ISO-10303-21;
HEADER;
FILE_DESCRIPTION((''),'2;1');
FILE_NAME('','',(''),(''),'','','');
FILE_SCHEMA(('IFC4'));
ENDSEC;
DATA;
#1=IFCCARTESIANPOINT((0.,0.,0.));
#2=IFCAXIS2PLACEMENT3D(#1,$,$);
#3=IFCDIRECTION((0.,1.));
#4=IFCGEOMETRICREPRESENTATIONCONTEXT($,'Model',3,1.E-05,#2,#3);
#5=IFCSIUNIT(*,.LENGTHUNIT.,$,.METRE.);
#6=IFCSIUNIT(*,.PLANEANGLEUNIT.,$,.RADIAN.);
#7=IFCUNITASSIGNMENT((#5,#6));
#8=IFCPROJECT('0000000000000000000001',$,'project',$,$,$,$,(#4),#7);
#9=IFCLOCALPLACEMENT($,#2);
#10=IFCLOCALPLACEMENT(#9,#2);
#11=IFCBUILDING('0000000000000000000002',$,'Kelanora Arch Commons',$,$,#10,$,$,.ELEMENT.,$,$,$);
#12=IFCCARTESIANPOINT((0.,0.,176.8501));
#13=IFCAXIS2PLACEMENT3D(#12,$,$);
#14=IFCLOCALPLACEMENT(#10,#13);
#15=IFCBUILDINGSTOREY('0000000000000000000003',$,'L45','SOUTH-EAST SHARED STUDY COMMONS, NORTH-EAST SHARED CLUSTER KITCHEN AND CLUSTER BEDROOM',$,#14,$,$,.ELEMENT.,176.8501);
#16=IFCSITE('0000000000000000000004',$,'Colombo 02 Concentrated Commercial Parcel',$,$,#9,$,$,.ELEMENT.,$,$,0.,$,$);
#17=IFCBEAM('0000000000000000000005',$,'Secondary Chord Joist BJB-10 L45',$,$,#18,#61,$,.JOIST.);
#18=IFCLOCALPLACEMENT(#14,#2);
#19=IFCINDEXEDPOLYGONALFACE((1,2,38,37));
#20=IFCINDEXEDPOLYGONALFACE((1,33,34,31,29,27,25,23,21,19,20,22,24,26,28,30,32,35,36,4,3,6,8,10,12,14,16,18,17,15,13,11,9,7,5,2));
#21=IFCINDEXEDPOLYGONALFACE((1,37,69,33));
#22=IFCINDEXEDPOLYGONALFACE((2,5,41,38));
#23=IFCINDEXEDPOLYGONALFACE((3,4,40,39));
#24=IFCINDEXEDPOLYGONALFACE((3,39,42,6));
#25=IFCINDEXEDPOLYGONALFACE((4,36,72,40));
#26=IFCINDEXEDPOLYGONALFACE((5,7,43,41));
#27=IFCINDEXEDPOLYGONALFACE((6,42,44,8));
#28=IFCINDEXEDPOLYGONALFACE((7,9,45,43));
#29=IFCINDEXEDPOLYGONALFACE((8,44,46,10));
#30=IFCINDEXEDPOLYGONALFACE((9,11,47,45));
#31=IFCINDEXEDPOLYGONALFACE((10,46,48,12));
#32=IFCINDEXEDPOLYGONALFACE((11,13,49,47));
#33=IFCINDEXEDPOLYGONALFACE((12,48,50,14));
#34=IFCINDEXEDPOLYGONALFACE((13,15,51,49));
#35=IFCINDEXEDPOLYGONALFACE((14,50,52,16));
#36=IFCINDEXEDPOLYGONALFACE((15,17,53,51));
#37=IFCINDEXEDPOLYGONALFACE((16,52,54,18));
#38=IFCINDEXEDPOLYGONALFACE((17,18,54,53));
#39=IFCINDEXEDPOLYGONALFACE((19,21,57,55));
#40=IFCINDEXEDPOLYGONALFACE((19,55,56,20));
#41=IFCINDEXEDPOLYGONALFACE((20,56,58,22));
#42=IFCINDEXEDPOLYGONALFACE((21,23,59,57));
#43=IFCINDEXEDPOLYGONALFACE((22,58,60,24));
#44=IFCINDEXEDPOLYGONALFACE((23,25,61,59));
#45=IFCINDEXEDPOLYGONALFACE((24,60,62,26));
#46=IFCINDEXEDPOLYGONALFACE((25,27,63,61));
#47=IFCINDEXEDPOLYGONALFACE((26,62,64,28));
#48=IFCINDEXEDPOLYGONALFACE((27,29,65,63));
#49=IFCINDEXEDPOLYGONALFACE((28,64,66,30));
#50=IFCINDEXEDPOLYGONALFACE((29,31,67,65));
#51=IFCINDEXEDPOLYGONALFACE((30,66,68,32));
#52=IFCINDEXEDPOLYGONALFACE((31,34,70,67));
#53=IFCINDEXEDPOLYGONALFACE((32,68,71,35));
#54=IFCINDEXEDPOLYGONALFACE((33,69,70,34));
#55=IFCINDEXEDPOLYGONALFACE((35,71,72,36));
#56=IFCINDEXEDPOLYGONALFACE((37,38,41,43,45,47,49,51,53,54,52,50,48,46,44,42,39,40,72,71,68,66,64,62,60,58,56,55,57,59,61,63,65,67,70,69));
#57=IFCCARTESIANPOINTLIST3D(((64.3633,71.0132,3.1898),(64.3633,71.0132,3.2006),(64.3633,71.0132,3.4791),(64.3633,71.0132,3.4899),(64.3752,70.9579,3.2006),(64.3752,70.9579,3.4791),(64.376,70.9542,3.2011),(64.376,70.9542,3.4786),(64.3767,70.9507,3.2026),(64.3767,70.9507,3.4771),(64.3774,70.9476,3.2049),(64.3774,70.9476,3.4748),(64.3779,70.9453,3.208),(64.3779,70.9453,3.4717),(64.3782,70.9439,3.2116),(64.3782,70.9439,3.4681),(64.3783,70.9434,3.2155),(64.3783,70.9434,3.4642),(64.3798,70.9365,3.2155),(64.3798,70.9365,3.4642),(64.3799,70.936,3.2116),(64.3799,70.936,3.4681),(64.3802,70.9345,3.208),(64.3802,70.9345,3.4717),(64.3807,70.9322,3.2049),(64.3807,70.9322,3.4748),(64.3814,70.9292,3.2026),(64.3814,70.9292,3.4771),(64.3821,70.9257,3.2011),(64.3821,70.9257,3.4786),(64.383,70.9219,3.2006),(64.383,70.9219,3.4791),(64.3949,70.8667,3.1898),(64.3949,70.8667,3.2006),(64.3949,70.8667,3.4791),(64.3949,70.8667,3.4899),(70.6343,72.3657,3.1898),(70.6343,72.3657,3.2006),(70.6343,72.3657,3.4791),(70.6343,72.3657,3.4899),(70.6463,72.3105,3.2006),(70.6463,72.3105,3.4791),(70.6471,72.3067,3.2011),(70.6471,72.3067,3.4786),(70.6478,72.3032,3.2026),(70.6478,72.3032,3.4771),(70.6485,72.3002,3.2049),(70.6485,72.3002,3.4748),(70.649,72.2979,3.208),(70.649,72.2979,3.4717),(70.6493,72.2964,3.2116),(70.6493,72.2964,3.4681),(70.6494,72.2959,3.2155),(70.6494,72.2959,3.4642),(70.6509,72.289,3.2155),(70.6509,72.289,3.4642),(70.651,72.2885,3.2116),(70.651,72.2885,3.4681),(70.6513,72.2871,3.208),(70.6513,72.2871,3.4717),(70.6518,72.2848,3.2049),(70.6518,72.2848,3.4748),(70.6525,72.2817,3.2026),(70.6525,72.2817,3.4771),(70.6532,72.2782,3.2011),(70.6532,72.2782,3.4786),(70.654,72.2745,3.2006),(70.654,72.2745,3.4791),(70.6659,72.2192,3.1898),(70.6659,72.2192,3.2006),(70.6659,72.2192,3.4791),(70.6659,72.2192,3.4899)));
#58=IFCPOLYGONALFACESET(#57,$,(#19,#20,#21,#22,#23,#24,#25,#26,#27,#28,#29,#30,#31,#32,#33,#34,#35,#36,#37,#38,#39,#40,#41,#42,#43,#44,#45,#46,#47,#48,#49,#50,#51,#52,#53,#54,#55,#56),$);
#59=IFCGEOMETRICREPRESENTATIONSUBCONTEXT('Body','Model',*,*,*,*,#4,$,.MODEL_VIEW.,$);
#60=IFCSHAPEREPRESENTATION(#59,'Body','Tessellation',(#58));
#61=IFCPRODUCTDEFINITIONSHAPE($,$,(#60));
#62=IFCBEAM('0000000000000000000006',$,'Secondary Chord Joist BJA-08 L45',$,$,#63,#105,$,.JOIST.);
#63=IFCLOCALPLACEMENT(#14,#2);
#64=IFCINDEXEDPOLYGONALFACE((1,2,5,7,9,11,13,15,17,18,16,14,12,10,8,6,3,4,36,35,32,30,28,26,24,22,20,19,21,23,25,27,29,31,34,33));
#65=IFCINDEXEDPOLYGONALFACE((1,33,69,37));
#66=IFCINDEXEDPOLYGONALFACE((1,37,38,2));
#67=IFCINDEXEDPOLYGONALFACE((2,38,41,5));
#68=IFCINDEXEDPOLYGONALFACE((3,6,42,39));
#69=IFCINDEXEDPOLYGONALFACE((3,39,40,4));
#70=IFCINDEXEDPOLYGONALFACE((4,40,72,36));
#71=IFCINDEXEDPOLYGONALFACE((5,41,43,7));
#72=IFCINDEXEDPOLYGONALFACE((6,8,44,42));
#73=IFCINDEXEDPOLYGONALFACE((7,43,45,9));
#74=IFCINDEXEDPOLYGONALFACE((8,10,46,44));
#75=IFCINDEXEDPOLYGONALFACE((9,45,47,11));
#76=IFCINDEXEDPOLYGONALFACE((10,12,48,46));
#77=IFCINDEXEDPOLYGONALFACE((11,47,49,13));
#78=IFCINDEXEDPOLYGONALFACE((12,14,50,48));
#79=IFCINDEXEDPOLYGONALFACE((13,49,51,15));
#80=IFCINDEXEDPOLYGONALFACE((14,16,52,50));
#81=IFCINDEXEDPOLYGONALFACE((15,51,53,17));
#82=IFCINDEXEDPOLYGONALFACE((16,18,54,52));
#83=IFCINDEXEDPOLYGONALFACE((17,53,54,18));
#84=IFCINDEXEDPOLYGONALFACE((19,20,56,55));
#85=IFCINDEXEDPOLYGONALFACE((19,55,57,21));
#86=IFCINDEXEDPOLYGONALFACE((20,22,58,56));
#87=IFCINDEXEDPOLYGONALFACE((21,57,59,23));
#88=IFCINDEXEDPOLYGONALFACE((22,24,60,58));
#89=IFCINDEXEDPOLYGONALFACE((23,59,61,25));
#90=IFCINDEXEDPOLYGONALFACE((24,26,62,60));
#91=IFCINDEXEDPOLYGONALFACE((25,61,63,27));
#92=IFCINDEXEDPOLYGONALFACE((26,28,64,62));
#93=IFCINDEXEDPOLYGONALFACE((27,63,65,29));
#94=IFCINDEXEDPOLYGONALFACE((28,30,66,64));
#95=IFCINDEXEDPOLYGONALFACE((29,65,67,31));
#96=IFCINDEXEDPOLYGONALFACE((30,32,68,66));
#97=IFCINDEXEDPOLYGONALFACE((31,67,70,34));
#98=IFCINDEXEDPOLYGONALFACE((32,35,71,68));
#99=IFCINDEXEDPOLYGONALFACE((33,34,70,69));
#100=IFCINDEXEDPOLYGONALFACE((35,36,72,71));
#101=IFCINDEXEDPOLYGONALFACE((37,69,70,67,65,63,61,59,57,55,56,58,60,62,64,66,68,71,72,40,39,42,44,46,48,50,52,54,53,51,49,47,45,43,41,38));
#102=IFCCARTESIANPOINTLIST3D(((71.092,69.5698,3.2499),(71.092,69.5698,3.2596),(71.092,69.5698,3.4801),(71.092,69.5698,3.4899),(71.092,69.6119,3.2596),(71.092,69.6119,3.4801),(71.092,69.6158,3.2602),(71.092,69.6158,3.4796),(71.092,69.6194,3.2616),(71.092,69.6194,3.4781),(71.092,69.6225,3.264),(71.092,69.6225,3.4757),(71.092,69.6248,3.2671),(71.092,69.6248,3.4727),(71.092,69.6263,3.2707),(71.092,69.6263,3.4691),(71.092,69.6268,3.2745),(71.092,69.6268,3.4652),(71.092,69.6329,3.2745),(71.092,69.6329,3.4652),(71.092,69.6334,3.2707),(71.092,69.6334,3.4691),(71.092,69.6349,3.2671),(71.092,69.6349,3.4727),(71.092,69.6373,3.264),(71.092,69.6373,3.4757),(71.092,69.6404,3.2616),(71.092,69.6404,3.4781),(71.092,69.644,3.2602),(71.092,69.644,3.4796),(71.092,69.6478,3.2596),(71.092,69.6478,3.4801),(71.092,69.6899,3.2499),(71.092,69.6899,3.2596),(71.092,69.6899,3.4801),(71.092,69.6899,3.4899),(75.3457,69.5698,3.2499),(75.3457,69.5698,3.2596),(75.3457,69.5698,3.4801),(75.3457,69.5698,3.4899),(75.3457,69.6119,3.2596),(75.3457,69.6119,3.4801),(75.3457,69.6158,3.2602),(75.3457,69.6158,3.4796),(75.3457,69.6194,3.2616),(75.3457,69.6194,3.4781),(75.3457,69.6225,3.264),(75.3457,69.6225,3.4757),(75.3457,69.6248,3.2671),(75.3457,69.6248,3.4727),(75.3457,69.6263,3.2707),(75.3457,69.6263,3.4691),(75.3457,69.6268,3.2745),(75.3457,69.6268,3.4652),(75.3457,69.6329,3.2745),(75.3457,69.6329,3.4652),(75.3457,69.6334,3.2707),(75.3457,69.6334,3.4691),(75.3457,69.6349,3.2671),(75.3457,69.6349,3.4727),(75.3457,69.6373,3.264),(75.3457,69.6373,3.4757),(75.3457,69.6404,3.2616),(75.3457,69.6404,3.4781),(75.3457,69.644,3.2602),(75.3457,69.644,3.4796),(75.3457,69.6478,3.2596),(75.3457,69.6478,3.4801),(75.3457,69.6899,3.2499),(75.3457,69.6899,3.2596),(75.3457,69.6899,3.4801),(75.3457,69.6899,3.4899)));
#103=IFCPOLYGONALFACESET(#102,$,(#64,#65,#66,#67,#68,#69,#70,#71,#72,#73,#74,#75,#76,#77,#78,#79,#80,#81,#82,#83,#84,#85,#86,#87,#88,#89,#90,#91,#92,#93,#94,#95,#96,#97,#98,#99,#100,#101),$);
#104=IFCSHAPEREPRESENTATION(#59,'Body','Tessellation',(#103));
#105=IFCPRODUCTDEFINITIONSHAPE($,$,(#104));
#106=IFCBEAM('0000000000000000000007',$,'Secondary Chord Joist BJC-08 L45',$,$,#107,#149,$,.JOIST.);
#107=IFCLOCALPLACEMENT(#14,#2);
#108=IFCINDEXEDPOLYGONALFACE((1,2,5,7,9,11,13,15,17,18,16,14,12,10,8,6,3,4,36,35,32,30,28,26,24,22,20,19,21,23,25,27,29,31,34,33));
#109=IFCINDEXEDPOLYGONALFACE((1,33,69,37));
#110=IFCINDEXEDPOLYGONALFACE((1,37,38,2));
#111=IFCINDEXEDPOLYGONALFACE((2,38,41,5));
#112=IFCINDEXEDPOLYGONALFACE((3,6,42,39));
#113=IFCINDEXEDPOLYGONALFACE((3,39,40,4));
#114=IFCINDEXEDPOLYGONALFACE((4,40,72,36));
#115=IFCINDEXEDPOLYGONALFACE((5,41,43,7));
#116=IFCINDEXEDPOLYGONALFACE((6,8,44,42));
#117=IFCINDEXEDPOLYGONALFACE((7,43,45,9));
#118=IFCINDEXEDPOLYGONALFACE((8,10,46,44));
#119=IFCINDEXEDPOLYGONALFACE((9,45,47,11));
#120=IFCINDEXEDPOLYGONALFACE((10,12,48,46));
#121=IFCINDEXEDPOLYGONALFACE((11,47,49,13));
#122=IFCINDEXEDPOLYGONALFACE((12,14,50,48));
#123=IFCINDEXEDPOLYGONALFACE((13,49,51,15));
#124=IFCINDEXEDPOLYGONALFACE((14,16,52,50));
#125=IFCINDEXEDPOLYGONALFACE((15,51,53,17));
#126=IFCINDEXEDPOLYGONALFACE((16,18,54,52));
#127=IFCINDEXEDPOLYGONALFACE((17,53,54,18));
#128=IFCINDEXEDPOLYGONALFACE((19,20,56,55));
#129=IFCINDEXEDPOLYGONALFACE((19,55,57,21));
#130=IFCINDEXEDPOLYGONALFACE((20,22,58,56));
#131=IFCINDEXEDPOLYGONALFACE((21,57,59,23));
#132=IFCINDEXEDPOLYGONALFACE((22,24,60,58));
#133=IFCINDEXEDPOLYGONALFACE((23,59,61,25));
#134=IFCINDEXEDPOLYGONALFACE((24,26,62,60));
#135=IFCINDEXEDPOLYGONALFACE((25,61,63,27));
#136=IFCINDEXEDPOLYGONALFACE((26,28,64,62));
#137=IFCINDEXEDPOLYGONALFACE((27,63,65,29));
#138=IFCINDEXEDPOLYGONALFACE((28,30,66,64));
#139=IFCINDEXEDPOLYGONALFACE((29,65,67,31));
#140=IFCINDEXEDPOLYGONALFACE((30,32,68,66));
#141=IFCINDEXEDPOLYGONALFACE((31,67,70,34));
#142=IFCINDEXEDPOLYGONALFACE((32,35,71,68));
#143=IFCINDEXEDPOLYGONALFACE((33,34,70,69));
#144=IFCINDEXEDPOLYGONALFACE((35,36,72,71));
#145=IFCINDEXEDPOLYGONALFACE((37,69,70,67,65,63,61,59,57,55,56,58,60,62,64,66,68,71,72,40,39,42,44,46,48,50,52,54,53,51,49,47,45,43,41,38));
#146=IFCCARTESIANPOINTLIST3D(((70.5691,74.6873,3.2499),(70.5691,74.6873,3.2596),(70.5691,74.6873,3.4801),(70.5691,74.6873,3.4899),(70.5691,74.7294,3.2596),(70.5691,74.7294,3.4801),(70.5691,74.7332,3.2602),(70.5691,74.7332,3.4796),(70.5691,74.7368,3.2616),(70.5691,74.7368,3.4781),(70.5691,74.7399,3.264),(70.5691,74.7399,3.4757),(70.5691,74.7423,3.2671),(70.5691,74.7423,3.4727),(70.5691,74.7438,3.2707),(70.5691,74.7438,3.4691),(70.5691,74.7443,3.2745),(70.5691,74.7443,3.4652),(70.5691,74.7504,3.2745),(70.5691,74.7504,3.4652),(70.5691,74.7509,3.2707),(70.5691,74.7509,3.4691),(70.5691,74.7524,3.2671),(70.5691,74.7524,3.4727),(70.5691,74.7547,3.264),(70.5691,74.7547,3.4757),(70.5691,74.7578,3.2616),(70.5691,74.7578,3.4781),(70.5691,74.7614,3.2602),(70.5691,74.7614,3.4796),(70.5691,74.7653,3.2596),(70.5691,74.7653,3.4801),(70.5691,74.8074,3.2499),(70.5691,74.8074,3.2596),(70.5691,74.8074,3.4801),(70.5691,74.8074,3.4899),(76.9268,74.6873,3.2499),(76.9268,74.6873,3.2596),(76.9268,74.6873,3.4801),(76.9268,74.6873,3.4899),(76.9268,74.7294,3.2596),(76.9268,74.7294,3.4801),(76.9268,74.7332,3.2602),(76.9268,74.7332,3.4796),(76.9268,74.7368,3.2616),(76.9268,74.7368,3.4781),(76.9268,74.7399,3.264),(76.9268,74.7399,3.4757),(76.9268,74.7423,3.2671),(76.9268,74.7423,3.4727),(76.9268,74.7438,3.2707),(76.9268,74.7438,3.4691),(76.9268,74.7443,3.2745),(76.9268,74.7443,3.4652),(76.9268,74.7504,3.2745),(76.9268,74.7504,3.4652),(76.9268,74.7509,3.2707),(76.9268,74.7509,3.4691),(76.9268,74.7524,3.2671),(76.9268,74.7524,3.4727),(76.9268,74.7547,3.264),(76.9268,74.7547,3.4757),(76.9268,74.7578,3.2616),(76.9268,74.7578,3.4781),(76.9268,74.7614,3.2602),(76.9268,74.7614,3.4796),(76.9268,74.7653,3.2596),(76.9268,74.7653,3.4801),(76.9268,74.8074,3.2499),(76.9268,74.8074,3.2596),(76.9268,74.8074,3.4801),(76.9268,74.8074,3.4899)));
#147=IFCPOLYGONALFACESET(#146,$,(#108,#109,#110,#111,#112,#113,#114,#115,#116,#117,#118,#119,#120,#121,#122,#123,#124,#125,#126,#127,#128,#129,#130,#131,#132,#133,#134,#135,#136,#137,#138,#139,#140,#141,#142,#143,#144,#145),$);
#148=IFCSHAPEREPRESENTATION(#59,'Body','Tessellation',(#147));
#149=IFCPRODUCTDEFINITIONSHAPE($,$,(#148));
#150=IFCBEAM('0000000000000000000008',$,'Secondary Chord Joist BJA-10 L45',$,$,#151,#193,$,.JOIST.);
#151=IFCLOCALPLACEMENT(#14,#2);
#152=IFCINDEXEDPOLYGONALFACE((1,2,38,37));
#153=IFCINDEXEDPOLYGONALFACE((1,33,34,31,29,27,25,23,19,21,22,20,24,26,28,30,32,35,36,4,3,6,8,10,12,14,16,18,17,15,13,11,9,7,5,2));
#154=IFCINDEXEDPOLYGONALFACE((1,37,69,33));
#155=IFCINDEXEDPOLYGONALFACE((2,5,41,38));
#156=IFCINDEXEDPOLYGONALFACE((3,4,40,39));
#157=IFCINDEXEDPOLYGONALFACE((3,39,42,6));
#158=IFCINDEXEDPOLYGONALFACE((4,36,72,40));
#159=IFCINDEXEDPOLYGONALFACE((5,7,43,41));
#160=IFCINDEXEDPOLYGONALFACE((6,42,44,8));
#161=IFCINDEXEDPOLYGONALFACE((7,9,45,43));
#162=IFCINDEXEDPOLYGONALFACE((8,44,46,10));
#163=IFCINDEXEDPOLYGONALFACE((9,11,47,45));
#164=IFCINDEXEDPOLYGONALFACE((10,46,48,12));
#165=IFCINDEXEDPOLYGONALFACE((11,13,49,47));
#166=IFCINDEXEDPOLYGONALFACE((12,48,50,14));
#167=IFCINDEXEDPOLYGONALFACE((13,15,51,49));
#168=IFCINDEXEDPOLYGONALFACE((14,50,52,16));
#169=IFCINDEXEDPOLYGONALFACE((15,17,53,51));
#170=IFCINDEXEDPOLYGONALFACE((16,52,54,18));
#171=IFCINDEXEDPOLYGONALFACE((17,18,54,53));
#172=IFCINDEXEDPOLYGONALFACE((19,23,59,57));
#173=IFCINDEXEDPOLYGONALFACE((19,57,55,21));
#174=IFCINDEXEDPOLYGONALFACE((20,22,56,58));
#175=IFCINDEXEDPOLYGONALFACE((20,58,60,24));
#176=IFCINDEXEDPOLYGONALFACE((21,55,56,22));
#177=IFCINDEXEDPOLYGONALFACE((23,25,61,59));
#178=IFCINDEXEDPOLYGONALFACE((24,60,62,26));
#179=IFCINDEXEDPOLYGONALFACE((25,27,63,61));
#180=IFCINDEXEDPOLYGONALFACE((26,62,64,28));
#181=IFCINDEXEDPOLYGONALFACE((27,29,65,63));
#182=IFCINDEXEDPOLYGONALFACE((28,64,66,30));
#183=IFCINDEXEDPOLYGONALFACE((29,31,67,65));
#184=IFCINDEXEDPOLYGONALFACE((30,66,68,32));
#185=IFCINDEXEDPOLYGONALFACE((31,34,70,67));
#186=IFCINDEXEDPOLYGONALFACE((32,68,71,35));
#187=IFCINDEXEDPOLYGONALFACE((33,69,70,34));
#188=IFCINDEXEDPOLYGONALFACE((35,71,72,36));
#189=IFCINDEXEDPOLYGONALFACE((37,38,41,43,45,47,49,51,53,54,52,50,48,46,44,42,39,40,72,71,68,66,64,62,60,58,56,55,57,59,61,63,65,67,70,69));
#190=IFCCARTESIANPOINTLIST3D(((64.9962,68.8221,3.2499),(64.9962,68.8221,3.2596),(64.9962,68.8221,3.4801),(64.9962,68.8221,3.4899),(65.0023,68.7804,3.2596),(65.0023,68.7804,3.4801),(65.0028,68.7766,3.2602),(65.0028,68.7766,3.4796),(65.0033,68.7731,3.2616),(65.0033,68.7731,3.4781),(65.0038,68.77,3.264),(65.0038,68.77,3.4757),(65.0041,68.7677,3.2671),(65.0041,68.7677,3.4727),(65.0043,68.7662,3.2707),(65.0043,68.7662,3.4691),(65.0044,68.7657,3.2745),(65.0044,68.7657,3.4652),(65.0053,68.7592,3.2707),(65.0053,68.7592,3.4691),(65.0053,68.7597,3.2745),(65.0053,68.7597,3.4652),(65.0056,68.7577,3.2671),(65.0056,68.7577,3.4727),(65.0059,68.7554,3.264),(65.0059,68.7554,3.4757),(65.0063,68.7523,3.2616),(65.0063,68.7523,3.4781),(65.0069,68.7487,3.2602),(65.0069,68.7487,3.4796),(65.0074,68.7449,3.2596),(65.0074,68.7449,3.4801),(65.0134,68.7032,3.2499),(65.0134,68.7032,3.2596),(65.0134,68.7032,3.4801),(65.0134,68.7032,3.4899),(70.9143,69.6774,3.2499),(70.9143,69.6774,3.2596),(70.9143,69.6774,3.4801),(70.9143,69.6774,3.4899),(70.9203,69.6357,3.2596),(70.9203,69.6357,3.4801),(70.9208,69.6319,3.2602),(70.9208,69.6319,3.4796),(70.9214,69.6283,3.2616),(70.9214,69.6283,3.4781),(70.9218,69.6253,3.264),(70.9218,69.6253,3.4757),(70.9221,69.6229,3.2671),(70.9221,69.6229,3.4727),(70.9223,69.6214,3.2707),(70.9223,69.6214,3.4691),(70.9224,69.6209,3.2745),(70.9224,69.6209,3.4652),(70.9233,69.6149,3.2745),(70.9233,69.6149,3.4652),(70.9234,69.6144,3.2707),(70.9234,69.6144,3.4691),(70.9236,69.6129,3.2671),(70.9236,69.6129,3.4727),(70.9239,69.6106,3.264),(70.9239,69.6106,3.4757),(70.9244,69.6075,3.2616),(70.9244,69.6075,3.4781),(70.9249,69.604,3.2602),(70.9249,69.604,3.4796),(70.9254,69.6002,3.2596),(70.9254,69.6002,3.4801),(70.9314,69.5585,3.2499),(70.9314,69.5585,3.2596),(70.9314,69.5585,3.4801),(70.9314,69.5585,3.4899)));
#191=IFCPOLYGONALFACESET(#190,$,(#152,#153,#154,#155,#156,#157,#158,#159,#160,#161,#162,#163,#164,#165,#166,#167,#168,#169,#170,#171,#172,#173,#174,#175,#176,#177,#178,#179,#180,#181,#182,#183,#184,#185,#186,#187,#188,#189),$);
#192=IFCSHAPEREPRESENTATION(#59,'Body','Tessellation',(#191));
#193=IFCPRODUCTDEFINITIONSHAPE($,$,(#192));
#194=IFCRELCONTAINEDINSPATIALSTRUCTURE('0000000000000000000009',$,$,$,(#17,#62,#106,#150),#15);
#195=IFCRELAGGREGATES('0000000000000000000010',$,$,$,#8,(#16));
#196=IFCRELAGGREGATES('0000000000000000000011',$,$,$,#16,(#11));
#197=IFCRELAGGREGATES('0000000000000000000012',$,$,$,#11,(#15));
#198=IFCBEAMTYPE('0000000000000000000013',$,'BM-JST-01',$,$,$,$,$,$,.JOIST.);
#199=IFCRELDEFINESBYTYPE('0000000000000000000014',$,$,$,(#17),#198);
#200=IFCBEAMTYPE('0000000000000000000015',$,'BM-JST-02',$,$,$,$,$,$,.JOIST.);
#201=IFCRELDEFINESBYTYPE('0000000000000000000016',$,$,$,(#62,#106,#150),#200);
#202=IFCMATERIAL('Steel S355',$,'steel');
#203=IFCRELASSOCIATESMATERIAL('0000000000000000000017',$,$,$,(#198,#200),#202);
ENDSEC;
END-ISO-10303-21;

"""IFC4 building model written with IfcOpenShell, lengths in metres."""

from ifc_helpers import new_model, si_unit, direction, frame, origin, origin_2d, place, context, subcontext, project, spatial, i_section, extrude, material, material_profile, profile_set, type_object, element, save


model = new_model("IFC4")

# Units and contexts
model_context = context("Model", 3, precision=1e-05, world=origin(), true_north=direction((0.0, 1.0)))
body_context = subcontext(model_context, "Body", "Model", "MODEL_VIEW")
ifc_project = project(units=[si_unit("LENGTHUNIT", "METRE"), si_unit("PLANEANGLEUNIT", "RADIAN")], contexts=[model_context])

# Site, building, storey
site_placement = place(None, origin())
site = spatial("IfcSite", under=ifc_project, at=site_placement, Name="Colombo 02 Concentrated Commercial Parcel", CompositionType="ELEMENT", RefElevation=0.0)
building_placement = place(site_placement, origin())
building = spatial("IfcBuilding", under=site, at=building_placement, Name="Kelanora Arch Commons", CompositionType="ELEMENT")
storey_placement = place(building_placement, frame((0.0, 0.0, 176.8501)))
storey = spatial("IfcBuildingStorey", under=building, at=storey_placement, Name="L45", Description="SOUTH-EAST SHARED STUDY COMMONS, NORTH-EAST SHARED CLUSTER KITCHEN AND CLUSTER BEDROOM", CompositionType="ELEMENT", Elevation=176.8501)

# Beams
ifc_material_1 = material(Name="Steel S355", Category="steel")
ifc_material_profile_1 = material_profile(ifc_material_1, i_section(OverallWidth=0.1499, OverallDepth=0.3, WebThickness=0.0071, FlangeThickness=0.0107, FilletRadius=0.0149, at=origin_2d()), Name="IPE300")
ifc_profile_set_1 = profile_set([ifc_material_profile_1], Name="Steel S355")
beam_type_1 = type_object("IfcBeamType", Name="BM-JST-01", PredefinedType="JOIST", material=ifc_profile_set_1)
beam_1_placement = place(storey_placement, frame((70.6501, 72.2925, 3.3398), z_axis=(-0.977522, -0.210834, 0.0), x_axis=(0.210834, -0.977522, 0.0)))
element("IfcBeam", 1, at=beam_1_placement, inside=storey, type_object=beam_type_1, Name="Secondary Chord Joist BJB-10 L45", PredefinedType="JOIST", context=body_context, shape_type="SweptSolid", body=[
    extrude(i_section(OverallWidth=0.1499, OverallDepth=0.3, WebThickness=0.0071, FlangeThickness=0.0107, FilletRadius=0.0149, at=origin_2d()), origin(), (0.0, 0.0, 1.0), 6.4153),
])
ifc_material_profile_2 = material_profile(ifc_material_1, i_section(OverallWidth=0.1201, OverallDepth=0.24, WebThickness=0.0061, FlangeThickness=0.0098, FilletRadius=0.0149, at=origin_2d()), Name="IPE240")
ifc_profile_set_2 = profile_set([ifc_material_profile_2], Name="Steel S355")
beam_type_2 = type_object("IfcBeamType", Name="BM-JST-02", PredefinedType="JOIST", material=ifc_profile_set_2)
beam_2_placement = place(storey_placement, frame((75.3457, 69.6299, 3.3699), z_axis=(-1.0, 0.0, 0.0), x_axis=(0.0, -1.0, 0.0)))
element("IfcBeam", 2, at=beam_2_placement, inside=storey, type_object=beam_type_2, Name="Secondary Chord Joist BJA-08 L45", PredefinedType="JOIST", context=body_context, shape_type="SweptSolid", body=[
    extrude(i_section(OverallWidth=0.1201, OverallDepth=0.24, WebThickness=0.0061, FlangeThickness=0.0098, FilletRadius=0.0149, at=origin_2d()), origin(), (0.0, 0.0, 1.0), 4.2537),
])
beam_3_placement = place(storey_placement, frame((76.9268, 74.7473, 3.3699), z_axis=(-1.0, 0.0, 0.0), x_axis=(0.0, -1.0, 0.0)))
element("IfcBeam", 3, at=beam_3_placement, inside=storey, type_object=beam_type_2, Name="Secondary Chord Joist BJC-08 L45", PredefinedType="JOIST", context=body_context, shape_type="SweptSolid", body=[
    extrude(i_section(OverallWidth=0.1201, OverallDepth=0.24, WebThickness=0.0061, FlangeThickness=0.0098, FilletRadius=0.0149, at=origin_2d()), origin(), (0.0, 0.0, 1.0), 6.3577),
])
beam_4_placement = place(storey_placement, frame((70.9229, 69.6179, 3.3699), z_axis=(-0.989719, -0.143027, 0.0), x_axis=(0.143027, -0.989719, 0.0)))
element("IfcBeam", 4, at=beam_4_placement, inside=storey, type_object=beam_type_2, Name="Secondary Chord Joist BJA-10 L45", PredefinedType="JOIST", context=body_context, shape_type="SweptSolid", body=[
    extrude(i_section(OverallWidth=0.1201, OverallDepth=0.24, WebThickness=0.0061, FlangeThickness=0.0098, FilletRadius=0.0149, at=origin_2d()), origin(), (0.0, 0.0, 1.0), 5.9795),
])

save(model, "model.ifc")
